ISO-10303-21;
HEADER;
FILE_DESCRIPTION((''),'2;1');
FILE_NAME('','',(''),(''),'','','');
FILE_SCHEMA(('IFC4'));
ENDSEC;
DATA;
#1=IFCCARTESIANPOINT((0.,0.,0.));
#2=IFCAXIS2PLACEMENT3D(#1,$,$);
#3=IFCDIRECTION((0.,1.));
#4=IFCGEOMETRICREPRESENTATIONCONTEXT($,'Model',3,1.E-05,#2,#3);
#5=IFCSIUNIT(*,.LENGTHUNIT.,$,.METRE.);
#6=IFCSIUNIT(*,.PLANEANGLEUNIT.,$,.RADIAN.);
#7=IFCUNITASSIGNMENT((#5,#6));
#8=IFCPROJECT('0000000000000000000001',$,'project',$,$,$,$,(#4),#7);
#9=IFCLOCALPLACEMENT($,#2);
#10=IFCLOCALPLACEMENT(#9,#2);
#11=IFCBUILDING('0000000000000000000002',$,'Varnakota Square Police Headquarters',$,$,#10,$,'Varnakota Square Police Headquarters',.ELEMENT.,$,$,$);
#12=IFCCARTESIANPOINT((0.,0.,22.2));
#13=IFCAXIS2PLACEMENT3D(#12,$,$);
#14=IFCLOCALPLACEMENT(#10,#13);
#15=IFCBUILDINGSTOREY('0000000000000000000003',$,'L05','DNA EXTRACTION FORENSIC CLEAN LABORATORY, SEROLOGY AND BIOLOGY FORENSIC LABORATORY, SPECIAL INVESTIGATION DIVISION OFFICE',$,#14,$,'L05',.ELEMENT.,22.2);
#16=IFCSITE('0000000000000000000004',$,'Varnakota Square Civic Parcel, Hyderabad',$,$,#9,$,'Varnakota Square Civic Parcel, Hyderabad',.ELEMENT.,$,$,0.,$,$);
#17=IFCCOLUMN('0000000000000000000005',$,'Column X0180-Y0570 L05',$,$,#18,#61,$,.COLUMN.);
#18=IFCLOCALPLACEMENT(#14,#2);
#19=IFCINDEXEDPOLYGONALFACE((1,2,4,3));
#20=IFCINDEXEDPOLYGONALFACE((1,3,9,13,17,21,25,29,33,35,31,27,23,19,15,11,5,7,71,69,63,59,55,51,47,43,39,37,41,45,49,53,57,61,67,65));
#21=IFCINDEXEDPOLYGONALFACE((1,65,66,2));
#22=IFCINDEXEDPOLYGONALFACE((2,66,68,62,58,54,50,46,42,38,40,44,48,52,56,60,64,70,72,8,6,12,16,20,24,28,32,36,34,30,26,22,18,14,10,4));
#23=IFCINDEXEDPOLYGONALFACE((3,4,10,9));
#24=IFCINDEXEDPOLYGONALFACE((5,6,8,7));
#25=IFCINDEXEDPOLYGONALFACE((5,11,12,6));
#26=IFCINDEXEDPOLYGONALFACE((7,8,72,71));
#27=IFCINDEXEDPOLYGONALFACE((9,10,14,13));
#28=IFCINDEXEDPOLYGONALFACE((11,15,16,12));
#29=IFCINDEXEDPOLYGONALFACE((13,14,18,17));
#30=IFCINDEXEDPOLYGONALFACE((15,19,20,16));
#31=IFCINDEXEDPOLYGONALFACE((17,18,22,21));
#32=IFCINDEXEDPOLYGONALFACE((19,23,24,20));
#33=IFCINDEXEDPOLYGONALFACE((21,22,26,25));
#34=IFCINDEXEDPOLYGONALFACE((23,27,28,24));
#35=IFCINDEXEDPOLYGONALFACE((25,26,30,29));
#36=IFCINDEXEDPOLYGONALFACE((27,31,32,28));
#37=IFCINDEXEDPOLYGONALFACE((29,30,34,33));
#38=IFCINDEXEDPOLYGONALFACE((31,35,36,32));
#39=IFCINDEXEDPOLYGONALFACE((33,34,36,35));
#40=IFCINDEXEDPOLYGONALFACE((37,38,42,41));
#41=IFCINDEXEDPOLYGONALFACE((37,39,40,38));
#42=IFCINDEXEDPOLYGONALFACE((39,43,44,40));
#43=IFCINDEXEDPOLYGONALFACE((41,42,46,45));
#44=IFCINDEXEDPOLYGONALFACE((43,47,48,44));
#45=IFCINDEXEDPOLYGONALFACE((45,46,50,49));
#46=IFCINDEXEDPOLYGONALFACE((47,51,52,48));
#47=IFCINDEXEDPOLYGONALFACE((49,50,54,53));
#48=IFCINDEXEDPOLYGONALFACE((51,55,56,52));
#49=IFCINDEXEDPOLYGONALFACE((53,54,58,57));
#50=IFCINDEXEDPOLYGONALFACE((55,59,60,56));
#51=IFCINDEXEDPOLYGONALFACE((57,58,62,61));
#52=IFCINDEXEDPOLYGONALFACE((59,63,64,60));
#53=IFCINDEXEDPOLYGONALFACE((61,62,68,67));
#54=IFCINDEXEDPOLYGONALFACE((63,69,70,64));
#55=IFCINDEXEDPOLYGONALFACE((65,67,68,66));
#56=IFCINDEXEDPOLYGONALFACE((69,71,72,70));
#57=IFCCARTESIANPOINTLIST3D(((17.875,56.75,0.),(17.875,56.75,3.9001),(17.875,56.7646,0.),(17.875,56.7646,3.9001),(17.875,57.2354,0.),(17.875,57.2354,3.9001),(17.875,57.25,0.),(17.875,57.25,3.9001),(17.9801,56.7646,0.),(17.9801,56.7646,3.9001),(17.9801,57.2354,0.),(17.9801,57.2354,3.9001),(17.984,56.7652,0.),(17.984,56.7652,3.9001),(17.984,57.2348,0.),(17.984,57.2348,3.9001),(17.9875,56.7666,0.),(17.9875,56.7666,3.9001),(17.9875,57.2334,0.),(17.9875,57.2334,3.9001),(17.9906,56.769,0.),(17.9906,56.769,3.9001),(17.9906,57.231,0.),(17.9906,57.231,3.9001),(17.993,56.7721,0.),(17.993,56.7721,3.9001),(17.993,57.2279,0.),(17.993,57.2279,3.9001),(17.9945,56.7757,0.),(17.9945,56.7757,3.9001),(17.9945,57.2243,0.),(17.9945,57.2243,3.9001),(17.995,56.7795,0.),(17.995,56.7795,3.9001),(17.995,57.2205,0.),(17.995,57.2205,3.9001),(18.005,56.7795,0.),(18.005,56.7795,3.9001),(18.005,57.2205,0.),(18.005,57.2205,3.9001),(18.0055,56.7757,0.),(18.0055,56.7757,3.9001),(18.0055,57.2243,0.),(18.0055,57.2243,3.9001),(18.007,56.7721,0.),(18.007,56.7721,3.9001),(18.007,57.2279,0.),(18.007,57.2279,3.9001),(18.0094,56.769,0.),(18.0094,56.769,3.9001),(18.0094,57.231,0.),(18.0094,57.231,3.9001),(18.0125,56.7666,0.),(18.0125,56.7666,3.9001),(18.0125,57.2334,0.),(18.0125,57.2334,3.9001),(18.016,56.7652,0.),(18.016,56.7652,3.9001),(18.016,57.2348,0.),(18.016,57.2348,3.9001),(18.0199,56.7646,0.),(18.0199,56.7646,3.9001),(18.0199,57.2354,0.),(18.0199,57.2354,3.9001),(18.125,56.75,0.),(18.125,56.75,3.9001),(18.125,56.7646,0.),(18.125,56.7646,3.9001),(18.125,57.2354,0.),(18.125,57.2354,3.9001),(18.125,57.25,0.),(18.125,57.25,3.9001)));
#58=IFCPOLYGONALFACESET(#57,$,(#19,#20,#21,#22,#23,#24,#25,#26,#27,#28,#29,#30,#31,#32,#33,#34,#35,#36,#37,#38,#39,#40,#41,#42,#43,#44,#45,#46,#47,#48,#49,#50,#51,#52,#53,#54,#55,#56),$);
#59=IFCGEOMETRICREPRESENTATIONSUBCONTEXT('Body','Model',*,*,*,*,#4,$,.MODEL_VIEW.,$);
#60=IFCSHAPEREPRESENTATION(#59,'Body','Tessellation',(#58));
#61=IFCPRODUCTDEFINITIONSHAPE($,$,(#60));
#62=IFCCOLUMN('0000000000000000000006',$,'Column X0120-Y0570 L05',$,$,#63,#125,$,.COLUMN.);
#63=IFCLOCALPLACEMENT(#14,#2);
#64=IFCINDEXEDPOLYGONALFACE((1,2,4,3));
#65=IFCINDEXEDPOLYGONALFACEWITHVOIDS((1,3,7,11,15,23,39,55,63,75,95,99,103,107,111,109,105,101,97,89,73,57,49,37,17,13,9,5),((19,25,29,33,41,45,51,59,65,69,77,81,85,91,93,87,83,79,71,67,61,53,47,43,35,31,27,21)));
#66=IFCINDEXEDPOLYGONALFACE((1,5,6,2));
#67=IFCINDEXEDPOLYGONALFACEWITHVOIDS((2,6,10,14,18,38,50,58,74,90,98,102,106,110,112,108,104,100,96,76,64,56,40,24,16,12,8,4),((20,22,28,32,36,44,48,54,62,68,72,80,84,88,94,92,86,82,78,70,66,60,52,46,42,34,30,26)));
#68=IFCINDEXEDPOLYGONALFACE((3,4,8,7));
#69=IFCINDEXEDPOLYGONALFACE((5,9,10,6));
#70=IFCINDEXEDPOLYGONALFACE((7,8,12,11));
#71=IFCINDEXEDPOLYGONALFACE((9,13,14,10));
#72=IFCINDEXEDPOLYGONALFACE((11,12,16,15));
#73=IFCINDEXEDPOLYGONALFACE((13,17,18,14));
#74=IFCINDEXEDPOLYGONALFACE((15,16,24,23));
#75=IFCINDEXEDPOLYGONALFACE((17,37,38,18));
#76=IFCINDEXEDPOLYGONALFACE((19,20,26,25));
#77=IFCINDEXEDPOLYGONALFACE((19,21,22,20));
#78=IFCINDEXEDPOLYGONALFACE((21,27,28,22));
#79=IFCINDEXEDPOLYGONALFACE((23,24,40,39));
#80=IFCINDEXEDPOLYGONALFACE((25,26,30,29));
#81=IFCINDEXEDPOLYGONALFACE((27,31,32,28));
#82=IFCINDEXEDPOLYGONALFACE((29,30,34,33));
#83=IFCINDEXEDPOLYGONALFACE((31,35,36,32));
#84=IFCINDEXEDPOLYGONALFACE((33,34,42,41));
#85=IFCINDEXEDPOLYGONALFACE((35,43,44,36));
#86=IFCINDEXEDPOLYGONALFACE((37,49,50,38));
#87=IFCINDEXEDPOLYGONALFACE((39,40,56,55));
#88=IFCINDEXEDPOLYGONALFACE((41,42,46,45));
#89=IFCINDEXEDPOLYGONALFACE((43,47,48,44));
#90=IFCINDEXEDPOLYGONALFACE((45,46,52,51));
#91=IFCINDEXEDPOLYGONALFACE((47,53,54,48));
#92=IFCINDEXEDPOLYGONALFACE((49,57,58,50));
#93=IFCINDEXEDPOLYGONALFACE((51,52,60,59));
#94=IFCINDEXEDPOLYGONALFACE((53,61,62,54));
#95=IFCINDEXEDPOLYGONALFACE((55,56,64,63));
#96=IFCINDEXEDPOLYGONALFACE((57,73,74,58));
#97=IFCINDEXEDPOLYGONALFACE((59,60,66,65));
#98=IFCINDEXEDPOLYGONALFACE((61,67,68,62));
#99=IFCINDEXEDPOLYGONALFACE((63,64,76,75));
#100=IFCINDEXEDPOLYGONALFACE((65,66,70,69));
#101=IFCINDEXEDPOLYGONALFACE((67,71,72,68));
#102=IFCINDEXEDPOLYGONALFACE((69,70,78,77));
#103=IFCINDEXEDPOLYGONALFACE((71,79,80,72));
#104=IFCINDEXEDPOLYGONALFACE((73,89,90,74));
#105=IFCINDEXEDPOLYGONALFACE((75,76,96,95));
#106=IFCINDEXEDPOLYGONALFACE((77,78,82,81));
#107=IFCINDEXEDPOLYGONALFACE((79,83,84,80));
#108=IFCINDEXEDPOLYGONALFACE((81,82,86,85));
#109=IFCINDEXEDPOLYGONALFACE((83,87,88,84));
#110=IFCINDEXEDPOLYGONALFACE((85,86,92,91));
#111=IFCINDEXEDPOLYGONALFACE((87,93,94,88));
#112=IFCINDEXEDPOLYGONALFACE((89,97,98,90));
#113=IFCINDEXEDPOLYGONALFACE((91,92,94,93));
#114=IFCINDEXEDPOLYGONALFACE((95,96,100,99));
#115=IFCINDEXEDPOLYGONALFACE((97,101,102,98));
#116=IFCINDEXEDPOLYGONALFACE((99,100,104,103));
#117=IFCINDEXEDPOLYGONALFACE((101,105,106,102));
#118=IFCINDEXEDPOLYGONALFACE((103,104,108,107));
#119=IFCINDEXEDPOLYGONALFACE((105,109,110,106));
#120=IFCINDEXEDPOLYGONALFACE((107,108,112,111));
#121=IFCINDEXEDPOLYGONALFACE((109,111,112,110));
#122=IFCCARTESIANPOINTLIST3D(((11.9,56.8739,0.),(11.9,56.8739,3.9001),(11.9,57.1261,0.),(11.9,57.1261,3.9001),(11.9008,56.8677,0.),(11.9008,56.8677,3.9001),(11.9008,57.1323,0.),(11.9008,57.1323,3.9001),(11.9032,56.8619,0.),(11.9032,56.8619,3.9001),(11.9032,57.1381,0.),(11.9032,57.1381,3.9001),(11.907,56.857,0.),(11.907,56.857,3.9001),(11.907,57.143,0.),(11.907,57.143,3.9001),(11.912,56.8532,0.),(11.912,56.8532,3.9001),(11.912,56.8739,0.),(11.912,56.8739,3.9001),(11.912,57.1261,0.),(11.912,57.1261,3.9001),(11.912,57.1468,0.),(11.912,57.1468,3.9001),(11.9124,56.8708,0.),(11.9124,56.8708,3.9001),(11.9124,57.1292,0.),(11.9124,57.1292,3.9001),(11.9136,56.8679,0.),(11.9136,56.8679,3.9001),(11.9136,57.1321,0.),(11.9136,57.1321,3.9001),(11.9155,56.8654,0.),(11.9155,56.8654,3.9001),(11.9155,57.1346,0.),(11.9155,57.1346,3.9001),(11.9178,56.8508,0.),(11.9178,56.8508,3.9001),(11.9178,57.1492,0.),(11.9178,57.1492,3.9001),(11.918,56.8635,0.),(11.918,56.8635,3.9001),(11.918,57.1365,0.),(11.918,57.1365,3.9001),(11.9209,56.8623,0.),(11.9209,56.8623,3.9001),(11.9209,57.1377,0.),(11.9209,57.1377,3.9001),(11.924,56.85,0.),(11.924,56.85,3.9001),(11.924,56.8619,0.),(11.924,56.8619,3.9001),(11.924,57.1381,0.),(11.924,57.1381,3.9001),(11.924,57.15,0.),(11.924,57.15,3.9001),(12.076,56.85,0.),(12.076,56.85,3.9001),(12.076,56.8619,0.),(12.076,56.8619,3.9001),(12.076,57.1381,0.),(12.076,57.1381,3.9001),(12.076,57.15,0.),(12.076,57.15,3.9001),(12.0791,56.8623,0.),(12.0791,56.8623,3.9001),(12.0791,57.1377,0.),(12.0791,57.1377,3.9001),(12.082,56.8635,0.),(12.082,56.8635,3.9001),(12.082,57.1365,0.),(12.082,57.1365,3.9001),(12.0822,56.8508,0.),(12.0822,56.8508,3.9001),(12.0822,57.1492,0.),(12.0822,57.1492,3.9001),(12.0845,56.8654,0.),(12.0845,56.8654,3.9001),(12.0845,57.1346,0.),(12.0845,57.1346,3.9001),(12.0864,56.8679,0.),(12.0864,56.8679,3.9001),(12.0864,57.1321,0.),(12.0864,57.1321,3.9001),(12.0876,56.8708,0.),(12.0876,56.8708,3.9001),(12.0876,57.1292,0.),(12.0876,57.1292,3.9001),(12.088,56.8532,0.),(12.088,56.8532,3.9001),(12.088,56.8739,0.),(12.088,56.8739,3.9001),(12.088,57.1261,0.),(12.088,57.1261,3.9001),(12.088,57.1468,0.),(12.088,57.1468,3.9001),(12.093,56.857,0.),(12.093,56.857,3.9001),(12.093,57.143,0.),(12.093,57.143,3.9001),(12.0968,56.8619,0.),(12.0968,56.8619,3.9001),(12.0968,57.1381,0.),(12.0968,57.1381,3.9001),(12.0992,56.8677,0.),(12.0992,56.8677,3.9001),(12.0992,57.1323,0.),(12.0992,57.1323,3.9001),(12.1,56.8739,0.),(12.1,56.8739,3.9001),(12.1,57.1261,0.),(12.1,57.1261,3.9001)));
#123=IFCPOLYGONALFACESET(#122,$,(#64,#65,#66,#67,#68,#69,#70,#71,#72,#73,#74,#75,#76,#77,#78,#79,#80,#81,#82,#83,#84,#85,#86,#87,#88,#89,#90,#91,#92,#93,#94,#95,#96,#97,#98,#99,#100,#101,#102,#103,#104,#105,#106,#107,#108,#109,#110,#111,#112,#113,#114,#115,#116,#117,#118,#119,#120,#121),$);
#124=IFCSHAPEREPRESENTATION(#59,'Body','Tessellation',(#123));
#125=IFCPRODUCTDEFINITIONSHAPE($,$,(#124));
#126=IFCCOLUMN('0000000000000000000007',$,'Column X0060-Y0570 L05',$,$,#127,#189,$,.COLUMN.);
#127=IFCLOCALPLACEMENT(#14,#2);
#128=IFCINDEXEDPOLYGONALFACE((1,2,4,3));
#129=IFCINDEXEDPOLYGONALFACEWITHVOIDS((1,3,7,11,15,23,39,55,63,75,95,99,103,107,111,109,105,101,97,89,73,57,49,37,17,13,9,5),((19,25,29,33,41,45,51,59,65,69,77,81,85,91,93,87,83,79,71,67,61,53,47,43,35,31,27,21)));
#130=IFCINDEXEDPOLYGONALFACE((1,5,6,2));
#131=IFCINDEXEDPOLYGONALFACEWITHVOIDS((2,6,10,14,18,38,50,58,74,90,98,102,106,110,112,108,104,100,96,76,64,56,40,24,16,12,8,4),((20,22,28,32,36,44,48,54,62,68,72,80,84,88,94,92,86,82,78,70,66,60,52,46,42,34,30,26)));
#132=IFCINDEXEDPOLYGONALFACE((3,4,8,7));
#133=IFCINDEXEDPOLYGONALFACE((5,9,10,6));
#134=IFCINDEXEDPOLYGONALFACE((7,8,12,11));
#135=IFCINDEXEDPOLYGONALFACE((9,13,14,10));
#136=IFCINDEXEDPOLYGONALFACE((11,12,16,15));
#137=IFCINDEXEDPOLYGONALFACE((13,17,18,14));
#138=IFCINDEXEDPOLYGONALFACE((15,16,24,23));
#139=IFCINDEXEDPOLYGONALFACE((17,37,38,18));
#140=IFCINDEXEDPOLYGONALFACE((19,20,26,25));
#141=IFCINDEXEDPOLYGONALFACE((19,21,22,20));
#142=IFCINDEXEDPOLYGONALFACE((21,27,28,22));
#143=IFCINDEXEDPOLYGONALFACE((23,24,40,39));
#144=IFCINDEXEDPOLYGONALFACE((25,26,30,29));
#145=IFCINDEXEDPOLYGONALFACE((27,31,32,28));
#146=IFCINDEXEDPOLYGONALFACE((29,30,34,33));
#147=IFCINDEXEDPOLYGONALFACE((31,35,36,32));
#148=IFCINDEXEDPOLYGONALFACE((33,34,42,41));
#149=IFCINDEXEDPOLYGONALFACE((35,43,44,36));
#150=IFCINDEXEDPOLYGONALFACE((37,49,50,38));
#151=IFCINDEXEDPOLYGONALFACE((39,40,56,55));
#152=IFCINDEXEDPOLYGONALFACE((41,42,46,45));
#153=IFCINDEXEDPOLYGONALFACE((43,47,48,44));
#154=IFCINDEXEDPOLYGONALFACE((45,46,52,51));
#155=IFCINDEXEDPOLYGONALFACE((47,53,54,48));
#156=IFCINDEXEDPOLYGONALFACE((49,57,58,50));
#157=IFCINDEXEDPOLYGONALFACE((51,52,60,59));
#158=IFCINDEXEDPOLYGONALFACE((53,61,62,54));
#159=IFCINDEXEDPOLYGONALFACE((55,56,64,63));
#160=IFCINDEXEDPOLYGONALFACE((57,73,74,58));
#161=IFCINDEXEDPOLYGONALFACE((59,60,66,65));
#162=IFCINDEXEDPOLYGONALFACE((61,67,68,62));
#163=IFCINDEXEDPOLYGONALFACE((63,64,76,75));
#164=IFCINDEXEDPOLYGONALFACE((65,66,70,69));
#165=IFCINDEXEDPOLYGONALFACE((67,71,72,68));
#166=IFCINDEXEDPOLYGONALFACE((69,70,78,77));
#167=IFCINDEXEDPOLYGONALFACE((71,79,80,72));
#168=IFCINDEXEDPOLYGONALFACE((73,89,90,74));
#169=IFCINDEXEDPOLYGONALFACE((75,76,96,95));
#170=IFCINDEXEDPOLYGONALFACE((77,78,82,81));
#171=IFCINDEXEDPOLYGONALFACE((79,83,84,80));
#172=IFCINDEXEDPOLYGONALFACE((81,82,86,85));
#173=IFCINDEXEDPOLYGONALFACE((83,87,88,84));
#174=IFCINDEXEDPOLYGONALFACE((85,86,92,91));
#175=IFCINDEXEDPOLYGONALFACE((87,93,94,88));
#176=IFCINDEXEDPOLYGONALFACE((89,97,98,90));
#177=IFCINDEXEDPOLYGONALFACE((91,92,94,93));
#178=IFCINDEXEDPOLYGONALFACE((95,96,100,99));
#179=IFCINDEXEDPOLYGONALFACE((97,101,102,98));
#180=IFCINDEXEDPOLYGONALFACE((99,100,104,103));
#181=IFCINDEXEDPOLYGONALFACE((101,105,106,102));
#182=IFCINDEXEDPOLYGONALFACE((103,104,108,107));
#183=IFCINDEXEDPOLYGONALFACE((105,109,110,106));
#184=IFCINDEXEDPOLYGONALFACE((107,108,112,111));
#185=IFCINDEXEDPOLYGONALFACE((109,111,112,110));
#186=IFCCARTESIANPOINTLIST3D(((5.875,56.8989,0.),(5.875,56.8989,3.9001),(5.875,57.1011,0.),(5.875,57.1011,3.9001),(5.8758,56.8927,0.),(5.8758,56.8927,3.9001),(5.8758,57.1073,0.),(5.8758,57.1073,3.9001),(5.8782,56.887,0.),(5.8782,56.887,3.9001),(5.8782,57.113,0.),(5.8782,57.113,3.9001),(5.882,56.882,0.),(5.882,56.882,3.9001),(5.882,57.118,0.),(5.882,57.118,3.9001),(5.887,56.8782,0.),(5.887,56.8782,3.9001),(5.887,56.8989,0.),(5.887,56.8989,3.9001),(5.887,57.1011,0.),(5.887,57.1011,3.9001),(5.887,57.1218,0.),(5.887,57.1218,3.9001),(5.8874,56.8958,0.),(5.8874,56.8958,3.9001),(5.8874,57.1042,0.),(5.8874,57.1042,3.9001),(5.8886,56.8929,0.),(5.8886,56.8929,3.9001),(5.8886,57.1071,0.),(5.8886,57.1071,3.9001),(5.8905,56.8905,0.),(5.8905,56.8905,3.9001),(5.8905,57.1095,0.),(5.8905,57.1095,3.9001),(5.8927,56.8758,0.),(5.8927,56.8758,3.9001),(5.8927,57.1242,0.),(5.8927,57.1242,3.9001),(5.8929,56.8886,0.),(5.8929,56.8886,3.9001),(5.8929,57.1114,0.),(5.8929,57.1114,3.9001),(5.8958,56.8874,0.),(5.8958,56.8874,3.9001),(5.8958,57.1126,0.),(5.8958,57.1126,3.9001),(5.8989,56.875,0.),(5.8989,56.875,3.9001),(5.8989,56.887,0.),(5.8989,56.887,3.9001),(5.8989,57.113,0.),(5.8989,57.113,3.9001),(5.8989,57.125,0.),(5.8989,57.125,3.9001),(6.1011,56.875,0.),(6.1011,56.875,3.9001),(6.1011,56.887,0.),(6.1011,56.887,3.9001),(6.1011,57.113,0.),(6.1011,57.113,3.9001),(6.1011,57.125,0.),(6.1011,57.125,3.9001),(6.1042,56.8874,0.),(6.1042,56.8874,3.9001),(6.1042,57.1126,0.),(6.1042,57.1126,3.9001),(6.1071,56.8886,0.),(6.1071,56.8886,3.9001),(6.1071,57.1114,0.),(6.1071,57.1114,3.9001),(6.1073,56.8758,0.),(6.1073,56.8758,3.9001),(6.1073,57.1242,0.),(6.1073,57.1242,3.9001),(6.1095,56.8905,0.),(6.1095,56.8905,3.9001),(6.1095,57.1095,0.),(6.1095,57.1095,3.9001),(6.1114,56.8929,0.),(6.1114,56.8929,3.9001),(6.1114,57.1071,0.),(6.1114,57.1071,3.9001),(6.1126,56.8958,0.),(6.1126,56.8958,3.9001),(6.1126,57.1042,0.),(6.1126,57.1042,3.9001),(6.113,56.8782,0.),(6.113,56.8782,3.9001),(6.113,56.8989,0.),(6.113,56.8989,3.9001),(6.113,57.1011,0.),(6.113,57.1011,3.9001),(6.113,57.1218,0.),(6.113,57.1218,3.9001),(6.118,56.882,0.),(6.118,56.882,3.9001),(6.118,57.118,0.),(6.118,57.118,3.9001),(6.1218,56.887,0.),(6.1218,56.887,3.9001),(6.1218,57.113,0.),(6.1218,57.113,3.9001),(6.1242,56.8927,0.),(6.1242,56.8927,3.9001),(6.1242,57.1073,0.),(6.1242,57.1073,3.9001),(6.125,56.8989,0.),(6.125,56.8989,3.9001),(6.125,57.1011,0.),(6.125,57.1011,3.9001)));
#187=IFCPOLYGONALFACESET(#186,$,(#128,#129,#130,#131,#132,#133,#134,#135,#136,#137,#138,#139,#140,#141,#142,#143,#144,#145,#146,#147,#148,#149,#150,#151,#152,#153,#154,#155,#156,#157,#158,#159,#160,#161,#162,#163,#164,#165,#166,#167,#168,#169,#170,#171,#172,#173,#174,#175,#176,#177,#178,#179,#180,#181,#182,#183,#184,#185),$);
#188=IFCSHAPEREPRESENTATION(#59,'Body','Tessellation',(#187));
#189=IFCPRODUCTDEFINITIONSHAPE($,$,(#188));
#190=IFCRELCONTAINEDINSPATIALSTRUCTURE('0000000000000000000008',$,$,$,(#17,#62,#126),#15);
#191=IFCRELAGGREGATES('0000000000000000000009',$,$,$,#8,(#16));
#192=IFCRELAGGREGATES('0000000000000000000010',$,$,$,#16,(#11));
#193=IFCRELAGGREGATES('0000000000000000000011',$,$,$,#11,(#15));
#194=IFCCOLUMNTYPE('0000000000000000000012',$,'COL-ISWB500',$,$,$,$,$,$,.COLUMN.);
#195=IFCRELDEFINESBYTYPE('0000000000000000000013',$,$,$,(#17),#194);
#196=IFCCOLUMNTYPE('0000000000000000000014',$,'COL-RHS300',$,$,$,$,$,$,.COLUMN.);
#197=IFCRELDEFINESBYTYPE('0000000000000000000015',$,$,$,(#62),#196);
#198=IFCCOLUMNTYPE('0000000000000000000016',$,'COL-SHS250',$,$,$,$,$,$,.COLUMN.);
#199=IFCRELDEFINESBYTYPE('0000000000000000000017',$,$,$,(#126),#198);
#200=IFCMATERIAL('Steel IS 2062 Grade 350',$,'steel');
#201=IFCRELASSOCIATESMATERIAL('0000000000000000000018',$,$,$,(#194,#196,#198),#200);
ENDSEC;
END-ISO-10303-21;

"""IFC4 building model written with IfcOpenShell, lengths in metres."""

from ifc_helpers import new_model, si_unit, direction, frame, origin, origin_2d, place, context, subcontext, project, spatial, hollow_rectangle, i_section, extrude, material, material_profile, profile_set, type_object, element, save


model = new_model("IFC4")

# Units and contexts
model_context = context("Model", 3, precision=1e-05, world=origin(), true_north=direction((0.0, 1.0)))
body_context = subcontext(model_context, "Body", "Model", "MODEL_VIEW")
ifc_project = project(units=[si_unit("LENGTHUNIT", "METRE"), si_unit("PLANEANGLEUNIT", "RADIAN")], contexts=[model_context])

# Site, building, storey
site_placement = place(None, origin())
site = spatial("IfcSite", under=ifc_project, at=site_placement, Name="Varnakota Square Civic Parcel, Hyderabad", LongName="Varnakota Square Civic Parcel, Hyderabad", CompositionType="ELEMENT", RefElevation=0.0)
building_placement = place(site_placement, origin())
building = spatial("IfcBuilding", under=site, at=building_placement, Name="Varnakota Square Police Headquarters", LongName="Varnakota Square Police Headquarters", CompositionType="ELEMENT")
storey_placement = place(building_placement, frame((0.0, 0.0, 22.2)))
storey = spatial("IfcBuildingStorey", under=building, at=storey_placement, Name="L05", Description="DNA EXTRACTION FORENSIC CLEAN LABORATORY, SEROLOGY AND BIOLOGY FORENSIC LABORATORY, SPECIAL INVESTIGATION DIVISION OFFICE", LongName="L05", CompositionType="ELEMENT", Elevation=22.2)

# Columns
ifc_material_1 = material(Name="Steel IS 2062 Grade 350", Category="steel")
ifc_material_profile_1 = material_profile(ifc_material_1, i_section(OverallWidth=0.25, OverallDepth=0.5, WebThickness=0.01, FlangeThickness=0.0146, FilletRadius=0.0149, at=origin_2d()), Name="ISWB 500")
ifc_profile_set_1 = profile_set([ifc_material_profile_1], Name="Steel IS 2062 Grade 350")
column_type_1 = type_object("IfcColumnType", Name="COL-ISWB500", PredefinedType="COLUMN", material=ifc_profile_set_1)
column_1_placement = place(storey_placement, frame((18.0, 57.0, 0.0), z_axis=(0.0, 0.0, 1.0), x_axis=(1.0, 0.0, 0.0)))
element("IfcColumn", 1, at=column_1_placement, inside=storey, type_object=column_type_1, Name="Column X0180-Y0570 L05", PredefinedType="COLUMN", context=body_context, shape_type="SweptSolid", body=[
    extrude(i_section(OverallWidth=0.25, OverallDepth=0.5, WebThickness=0.01, FlangeThickness=0.0146, FilletRadius=0.0149, at=origin_2d()), origin(), (0.0, 0.0, 1.0), 3.9001),
])
ifc_material_profile_2 = material_profile(ifc_material_1, hollow_rectangle(XDim=0.2, YDim=0.3, WallThickness=0.012, InnerFilletRadius=0.012, OuterFilletRadius=0.0239, at=origin_2d()), Name="RHS 300x200x12")
ifc_profile_set_2 = profile_set([ifc_material_profile_2], Name="Steel IS 2062 Grade 350")
column_type_2 = type_object("IfcColumnType", Name="COL-RHS300", PredefinedType="COLUMN", material=ifc_profile_set_2)
column_2_placement = place(storey_placement, frame((12.0, 57.0, 0.0), z_axis=(0.0, 0.0, 1.0), x_axis=(1.0, 0.0, 0.0)))
element("IfcColumn", 2, at=column_2_placement, inside=storey, type_object=column_type_2, Name="Column X0120-Y0570 L05", PredefinedType="COLUMN", context=body_context, shape_type="SweptSolid", body=[
    extrude(hollow_rectangle(XDim=0.2, YDim=0.3, WallThickness=0.012, InnerFilletRadius=0.012, OuterFilletRadius=0.0239, at=origin_2d()), origin(), (0.0, 0.0, 1.0), 3.9001),
])
ifc_material_profile_3 = material_profile(ifc_material_1, hollow_rectangle(XDim=0.25, YDim=0.25, WallThickness=0.012, InnerFilletRadius=0.012, OuterFilletRadius=0.0239, at=origin_2d()), Name="SHS 250x250x12")
ifc_profile_set_3 = profile_set([ifc_material_profile_3], Name="Steel IS 2062 Grade 350")
column_type_3 = type_object("IfcColumnType", Name="COL-SHS250", PredefinedType="COLUMN", material=ifc_profile_set_3)
for number, where, z_axis, x_axis, name in (
    (3, (6.0, 57.0, 0.0), (0.0, 0.0, 1.0), (1.0, 0.0, 0.0), "Column X0060-Y0570 L05"),
):
    element("IfcColumn", number, at=place(storey_placement, frame(where, z_axis=z_axis, x_axis=x_axis)), inside=storey, type_object=column_type_3, Name=name, PredefinedType="COLUMN", context=body_context, shape_type="SweptSolid", body=[
        extrude(hollow_rectangle(XDim=0.25, YDim=0.25, WallThickness=0.012, InnerFilletRadius=0.012, OuterFilletRadius=0.0239, at=origin_2d()), origin(), (0.0, 0.0, 1.0), 3.9001),
    ])

save(model, "model.ifc")
